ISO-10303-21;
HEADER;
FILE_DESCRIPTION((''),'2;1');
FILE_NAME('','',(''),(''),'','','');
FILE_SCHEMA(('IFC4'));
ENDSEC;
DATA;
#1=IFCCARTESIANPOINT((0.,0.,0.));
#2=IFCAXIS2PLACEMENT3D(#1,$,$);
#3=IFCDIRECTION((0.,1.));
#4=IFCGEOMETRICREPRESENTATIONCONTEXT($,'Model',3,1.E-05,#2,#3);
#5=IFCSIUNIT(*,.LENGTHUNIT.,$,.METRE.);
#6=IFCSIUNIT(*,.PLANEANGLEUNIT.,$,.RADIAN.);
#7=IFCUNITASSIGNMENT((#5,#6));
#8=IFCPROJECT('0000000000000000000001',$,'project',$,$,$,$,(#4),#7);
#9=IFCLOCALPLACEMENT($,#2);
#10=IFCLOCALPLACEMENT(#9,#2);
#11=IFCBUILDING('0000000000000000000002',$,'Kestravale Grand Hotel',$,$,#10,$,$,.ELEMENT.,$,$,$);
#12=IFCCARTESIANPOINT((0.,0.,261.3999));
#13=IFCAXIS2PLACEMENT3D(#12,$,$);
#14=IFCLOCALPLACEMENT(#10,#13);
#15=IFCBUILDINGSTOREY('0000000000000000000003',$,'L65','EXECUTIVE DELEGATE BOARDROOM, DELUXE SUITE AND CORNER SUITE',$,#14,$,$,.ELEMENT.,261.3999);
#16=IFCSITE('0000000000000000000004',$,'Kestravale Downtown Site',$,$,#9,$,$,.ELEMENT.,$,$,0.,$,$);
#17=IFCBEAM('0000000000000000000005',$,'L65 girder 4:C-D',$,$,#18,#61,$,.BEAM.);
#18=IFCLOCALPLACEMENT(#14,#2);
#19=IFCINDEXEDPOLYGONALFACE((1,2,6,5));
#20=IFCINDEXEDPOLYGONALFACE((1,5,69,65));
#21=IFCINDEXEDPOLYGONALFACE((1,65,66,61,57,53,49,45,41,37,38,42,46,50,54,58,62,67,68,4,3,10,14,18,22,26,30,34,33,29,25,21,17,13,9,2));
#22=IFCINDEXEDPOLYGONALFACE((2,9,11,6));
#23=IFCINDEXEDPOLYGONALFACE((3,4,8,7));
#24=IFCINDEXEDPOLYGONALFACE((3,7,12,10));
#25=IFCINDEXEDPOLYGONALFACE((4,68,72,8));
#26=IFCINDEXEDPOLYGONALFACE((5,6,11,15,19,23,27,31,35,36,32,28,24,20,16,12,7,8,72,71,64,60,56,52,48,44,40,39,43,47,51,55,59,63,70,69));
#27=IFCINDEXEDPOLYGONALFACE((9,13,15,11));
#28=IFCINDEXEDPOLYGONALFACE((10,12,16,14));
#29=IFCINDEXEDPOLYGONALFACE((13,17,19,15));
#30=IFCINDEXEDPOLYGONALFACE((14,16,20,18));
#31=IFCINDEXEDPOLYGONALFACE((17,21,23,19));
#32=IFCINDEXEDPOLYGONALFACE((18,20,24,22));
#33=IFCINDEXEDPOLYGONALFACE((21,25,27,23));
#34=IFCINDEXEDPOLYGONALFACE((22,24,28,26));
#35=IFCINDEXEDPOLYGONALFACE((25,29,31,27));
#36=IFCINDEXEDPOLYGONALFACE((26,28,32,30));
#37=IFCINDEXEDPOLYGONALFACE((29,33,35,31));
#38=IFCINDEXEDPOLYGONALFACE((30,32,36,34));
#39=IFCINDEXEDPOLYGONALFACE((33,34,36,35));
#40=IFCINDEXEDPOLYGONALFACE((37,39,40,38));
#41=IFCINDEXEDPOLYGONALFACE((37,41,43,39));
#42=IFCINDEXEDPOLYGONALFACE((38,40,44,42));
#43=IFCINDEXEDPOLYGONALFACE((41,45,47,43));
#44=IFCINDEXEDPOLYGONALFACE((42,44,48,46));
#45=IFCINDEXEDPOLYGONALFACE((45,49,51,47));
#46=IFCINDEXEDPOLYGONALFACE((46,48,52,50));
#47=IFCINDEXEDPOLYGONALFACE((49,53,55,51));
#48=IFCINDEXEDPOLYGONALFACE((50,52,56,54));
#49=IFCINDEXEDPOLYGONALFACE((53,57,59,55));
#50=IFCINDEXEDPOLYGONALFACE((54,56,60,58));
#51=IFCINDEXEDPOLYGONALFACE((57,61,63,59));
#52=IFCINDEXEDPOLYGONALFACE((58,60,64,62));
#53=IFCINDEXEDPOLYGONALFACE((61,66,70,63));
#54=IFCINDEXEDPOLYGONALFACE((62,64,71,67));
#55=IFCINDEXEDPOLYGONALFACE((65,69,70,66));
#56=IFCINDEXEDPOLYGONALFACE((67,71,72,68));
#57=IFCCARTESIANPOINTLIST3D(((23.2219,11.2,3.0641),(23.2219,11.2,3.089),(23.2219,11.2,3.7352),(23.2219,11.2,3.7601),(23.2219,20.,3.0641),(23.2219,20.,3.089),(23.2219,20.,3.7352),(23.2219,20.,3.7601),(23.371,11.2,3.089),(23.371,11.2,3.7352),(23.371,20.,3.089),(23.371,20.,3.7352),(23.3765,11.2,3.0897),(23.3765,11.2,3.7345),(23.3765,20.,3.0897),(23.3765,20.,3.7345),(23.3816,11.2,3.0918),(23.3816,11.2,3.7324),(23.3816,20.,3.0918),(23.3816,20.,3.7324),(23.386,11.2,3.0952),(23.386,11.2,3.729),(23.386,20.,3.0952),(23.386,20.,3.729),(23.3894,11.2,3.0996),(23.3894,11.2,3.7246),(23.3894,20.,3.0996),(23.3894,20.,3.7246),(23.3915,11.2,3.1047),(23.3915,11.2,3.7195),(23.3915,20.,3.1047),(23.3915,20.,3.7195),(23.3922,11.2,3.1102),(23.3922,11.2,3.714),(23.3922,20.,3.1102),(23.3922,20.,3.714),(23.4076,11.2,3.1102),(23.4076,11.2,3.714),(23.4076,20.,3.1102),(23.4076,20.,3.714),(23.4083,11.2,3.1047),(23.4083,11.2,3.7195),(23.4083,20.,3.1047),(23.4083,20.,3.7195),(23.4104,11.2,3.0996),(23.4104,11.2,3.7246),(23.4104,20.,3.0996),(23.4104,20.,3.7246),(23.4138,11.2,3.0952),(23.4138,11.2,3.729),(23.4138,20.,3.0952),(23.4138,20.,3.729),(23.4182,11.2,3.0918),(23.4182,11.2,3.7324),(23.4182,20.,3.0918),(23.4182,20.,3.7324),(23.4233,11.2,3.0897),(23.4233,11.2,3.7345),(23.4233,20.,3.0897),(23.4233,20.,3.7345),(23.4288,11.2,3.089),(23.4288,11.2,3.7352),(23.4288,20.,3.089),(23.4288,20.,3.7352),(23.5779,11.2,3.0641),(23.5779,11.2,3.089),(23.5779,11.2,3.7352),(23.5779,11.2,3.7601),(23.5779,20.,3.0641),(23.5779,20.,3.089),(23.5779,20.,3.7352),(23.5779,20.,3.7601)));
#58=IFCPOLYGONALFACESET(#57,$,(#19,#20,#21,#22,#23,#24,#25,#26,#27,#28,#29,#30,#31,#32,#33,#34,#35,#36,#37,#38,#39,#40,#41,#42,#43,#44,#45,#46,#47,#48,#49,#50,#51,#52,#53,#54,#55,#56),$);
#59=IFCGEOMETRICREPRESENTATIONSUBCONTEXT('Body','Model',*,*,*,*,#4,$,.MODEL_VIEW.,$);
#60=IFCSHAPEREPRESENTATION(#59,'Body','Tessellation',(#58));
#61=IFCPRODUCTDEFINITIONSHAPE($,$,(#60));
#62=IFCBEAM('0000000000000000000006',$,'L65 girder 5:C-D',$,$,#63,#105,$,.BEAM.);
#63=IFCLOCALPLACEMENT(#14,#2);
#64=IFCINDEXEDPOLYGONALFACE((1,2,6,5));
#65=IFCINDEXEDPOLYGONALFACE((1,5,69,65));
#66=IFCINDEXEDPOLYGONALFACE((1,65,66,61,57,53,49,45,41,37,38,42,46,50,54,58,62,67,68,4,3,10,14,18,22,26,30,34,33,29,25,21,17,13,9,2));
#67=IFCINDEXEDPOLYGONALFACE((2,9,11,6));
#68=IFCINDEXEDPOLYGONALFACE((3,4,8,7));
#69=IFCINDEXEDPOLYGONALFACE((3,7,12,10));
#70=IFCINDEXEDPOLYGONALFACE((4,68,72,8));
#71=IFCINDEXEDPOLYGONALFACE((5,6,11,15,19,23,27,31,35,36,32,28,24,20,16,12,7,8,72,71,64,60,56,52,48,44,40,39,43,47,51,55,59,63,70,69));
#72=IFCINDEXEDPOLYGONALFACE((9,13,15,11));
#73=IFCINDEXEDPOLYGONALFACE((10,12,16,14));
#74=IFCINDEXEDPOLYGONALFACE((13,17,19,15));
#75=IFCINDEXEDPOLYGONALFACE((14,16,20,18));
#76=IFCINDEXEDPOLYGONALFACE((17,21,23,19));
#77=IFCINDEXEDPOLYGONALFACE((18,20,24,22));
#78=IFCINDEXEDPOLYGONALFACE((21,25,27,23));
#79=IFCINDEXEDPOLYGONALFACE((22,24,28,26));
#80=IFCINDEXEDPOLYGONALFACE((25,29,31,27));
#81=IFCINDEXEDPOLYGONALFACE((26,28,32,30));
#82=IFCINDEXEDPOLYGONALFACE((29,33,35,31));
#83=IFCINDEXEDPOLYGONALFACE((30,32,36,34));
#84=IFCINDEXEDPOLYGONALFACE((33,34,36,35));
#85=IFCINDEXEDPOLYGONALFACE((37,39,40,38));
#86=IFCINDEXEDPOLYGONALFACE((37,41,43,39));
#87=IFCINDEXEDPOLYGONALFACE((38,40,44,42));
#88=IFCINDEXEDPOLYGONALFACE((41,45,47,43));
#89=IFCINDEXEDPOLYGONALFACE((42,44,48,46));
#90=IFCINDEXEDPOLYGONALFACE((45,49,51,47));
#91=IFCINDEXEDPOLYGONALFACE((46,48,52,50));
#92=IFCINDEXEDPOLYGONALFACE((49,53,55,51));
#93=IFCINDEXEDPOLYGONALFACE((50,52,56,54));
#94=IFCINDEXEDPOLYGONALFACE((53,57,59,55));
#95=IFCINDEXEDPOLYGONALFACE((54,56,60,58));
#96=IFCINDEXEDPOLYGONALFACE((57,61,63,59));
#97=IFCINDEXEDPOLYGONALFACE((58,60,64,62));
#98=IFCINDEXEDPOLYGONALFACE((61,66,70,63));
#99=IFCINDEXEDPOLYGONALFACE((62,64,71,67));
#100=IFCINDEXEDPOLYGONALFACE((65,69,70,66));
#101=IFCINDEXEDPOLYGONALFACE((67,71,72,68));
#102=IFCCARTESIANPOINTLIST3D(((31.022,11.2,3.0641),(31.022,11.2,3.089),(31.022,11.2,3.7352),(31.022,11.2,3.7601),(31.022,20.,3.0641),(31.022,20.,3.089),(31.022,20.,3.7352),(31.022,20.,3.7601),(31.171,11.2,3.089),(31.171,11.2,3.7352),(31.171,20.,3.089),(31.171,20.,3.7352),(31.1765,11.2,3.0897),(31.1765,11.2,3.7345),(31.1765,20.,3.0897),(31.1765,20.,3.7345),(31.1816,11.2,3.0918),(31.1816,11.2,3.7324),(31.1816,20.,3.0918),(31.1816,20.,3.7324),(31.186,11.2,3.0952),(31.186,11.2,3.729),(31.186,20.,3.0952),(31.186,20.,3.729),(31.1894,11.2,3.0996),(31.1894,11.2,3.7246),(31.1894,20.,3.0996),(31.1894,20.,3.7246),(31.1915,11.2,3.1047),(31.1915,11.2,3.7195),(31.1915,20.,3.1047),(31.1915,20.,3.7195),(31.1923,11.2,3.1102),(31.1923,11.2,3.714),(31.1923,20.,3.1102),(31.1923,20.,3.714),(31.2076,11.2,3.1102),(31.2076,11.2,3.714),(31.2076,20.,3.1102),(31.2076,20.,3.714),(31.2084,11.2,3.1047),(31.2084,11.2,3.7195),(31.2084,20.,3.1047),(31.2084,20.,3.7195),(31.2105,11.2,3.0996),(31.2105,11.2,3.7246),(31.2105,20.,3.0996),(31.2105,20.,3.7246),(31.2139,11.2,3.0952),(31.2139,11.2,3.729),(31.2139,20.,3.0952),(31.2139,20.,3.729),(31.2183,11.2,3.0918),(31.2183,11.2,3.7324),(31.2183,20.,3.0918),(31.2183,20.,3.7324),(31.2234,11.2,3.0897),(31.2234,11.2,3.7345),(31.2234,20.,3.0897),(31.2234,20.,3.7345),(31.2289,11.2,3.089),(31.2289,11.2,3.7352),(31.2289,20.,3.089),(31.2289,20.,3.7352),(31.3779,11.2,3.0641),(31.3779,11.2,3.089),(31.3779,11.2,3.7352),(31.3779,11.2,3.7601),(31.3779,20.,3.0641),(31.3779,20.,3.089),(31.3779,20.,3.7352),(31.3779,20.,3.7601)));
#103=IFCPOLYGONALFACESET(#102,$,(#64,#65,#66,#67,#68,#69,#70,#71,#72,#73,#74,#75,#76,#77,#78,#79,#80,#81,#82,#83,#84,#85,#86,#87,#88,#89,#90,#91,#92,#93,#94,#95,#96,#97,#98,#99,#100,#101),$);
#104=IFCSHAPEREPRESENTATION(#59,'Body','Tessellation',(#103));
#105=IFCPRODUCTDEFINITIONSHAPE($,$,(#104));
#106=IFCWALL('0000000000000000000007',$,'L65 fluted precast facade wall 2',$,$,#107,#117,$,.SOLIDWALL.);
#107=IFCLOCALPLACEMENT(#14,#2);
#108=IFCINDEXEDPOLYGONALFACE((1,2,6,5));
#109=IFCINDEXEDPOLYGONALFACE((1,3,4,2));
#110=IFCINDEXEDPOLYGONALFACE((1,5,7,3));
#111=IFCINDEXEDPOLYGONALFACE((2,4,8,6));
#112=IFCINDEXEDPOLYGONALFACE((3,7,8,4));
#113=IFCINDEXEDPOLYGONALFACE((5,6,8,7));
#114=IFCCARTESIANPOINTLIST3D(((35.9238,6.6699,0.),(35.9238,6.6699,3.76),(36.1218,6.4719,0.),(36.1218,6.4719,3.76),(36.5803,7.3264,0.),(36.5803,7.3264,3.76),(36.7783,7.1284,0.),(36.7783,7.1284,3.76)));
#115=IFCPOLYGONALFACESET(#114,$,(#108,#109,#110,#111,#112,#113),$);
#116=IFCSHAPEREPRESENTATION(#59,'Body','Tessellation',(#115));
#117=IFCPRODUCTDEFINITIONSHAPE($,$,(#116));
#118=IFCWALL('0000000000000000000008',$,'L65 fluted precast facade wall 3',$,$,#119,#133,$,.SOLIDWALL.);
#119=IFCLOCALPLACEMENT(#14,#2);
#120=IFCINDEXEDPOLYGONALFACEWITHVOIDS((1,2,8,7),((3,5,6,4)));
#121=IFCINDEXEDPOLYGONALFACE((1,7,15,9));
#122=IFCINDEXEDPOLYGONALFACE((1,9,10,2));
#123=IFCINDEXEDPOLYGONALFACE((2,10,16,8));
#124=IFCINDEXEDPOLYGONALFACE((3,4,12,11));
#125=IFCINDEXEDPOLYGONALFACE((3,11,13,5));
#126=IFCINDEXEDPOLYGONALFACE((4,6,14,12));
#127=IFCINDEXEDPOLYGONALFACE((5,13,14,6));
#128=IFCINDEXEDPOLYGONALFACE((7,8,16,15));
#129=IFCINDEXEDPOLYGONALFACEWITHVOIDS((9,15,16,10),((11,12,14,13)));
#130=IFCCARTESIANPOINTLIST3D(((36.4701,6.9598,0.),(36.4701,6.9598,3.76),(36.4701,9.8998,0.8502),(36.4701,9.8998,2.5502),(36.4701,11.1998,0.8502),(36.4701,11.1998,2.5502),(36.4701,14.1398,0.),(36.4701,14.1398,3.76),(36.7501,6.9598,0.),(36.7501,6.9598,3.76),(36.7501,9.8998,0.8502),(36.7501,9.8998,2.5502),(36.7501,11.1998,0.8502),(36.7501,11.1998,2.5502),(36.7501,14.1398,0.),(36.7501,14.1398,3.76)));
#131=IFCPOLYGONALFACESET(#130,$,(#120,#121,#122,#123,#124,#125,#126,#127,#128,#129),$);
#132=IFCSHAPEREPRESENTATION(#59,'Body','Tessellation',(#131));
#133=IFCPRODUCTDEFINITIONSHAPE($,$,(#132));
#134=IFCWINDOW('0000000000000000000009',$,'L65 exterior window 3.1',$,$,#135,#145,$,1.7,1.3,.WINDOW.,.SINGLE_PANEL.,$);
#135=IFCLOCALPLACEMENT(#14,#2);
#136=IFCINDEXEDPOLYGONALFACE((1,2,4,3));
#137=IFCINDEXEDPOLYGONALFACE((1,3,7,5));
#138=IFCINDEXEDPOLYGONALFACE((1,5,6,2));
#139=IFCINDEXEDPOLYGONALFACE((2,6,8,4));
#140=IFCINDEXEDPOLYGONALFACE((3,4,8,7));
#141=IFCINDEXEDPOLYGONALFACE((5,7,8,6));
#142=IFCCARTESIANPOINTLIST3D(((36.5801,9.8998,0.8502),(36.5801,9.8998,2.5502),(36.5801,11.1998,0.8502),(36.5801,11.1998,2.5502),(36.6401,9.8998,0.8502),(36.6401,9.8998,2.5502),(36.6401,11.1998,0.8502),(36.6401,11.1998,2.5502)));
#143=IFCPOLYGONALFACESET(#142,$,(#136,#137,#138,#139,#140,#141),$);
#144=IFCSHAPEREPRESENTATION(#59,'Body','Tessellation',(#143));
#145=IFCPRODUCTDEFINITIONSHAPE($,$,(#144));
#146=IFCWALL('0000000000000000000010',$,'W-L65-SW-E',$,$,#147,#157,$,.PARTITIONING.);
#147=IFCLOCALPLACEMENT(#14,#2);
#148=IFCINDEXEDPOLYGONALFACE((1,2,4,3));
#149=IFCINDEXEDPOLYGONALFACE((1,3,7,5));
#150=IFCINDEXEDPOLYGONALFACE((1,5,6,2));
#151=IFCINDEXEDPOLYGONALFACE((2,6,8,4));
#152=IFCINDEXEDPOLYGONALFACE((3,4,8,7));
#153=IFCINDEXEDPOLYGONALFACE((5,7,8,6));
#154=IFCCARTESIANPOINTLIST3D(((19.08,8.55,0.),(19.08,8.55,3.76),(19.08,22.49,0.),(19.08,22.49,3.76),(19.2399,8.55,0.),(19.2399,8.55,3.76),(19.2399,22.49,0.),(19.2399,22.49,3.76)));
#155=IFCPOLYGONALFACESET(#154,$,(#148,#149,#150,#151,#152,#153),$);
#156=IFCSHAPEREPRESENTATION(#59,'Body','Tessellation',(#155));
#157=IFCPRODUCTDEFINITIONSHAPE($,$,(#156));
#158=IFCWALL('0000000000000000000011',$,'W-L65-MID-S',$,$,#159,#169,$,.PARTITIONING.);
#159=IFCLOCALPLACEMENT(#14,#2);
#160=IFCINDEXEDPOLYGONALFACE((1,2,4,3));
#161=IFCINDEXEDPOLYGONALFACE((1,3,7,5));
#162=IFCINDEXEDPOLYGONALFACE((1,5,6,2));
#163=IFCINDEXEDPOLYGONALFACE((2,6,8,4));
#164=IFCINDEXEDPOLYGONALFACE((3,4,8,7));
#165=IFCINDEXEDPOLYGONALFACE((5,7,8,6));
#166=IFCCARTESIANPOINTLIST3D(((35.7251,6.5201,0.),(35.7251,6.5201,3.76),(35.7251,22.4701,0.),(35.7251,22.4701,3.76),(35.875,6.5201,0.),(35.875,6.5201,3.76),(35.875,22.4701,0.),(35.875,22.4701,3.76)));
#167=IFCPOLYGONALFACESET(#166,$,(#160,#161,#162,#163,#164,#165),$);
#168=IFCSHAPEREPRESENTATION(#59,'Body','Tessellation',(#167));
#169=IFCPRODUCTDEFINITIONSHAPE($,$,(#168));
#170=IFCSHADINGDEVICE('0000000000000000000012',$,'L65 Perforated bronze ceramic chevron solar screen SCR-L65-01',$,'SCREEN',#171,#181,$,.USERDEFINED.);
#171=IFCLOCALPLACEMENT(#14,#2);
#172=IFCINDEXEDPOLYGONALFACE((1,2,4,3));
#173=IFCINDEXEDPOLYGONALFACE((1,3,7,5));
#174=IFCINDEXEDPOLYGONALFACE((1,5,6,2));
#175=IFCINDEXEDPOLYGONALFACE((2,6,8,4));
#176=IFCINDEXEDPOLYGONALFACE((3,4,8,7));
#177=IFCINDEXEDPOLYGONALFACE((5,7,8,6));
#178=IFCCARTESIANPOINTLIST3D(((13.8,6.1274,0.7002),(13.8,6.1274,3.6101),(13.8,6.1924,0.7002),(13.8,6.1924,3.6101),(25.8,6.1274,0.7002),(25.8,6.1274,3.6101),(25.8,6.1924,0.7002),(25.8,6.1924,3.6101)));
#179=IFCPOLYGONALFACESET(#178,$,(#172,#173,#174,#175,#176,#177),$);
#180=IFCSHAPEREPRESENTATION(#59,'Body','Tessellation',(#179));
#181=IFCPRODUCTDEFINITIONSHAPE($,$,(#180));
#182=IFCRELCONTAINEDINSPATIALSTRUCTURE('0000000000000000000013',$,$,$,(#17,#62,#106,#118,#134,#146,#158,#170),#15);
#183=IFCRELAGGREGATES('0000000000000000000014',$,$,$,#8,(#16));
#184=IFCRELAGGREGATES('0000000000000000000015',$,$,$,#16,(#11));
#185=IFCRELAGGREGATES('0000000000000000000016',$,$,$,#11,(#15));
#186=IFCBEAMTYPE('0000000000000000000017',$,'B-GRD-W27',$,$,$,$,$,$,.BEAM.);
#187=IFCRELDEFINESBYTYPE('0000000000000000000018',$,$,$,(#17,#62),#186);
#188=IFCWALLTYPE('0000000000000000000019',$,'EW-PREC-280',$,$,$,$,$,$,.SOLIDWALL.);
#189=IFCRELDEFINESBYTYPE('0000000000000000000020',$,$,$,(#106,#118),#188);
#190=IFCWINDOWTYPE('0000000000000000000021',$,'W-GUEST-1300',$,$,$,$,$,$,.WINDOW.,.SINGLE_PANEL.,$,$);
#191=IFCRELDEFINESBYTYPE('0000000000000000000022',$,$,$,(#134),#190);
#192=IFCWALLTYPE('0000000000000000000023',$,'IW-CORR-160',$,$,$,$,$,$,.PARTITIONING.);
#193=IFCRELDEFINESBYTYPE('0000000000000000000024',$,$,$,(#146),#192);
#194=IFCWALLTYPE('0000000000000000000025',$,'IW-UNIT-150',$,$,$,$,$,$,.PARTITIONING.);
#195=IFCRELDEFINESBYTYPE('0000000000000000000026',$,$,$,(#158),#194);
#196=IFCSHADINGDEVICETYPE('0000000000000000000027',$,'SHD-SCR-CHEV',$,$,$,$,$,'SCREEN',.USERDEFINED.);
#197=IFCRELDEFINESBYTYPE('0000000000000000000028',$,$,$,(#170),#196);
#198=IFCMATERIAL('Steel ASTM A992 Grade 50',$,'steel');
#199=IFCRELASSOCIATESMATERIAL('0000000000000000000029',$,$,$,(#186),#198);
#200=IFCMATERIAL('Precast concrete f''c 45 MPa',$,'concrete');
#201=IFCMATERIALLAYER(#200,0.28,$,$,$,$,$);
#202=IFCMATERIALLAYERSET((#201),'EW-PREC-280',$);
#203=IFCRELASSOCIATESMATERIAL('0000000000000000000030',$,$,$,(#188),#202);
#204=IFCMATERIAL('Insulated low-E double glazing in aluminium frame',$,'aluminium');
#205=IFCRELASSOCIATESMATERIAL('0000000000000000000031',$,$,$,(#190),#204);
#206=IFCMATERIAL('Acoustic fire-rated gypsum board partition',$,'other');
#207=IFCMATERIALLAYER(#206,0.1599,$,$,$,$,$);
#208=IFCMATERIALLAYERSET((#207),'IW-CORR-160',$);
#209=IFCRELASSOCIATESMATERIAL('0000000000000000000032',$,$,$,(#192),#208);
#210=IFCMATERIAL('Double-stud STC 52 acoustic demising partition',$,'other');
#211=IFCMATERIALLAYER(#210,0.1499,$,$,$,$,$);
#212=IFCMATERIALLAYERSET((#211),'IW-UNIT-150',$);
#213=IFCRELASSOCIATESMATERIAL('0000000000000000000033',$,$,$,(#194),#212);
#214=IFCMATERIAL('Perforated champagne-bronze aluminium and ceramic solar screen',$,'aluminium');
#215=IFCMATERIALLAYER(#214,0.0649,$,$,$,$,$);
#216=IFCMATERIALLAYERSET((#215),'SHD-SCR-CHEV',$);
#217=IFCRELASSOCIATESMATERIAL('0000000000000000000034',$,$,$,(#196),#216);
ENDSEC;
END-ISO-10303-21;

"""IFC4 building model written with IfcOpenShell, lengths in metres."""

from ifc_helpers import new_model, si_unit, direction, frame, frame_2d, origin, origin_2d, place, context, subcontext, project, spatial, rectangle, i_section, extrude, material, layer, layer_set, material_profile, profile_set, type_object, element, fill, save


model = new_model("IFC4")

# Units and contexts
model_context = context("Model", 3, precision=1e-05, world=origin(), true_north=direction((0.0, 1.0)))
body_context = subcontext(model_context, "Body", "Model", "MODEL_VIEW")
ifc_project = project(units=[si_unit("LENGTHUNIT", "METRE"), si_unit("PLANEANGLEUNIT", "RADIAN")], contexts=[model_context])

# Site, building, storey
site_placement = place(None, origin())
site = spatial("IfcSite", under=ifc_project, at=site_placement, Name="Kestravale Downtown Site", CompositionType="ELEMENT", RefElevation=0.0)
building_placement = place(site_placement, origin())
building = spatial("IfcBuilding", under=site, at=building_placement, Name="Kestravale Grand Hotel", CompositionType="ELEMENT")
storey_placement = place(building_placement, frame((0.0, 0.0, 261.3999)))
storey = spatial("IfcBuildingStorey", under=building, at=storey_placement, Name="L65", Description="EXECUTIVE DELEGATE BOARDROOM, DELUXE SUITE AND CORNER SUITE", CompositionType="ELEMENT", Elevation=261.3999)

# Beams
ifc_material_1 = material(Name="Steel ASTM A992 Grade 50", Category="steel")
ifc_material_profile_1 = material_profile(ifc_material_1, i_section(OverallWidth=0.356, OverallDepth=0.696, WebThickness=0.0154, FlangeThickness=0.0249, FilletRadius=0.0212, at=origin_2d()))
ifc_profile_set_1 = profile_set([ifc_material_profile_1], Name="Steel ASTM A992 Grade 50")
beam_type_1 = type_object("IfcBeamType", Name="B-GRD-W27", PredefinedType="BEAM", material=ifc_profile_set_1)
for number, where, z_axis, x_axis, name in (
    (1, (23.3999, 11.2, 3.4121), (0.0, 1.0, 0.0), (-1.0, 0.0, 0.0), "L65 girder 4:C-D"),
    (2, (31.2, 11.2, 3.4121), (0.0, 1.0, 0.0), (-1.0, 0.0, 0.0), "L65 girder 5:C-D"),
):
    element("IfcBeam", number, at=place(storey_placement, frame(where, z_axis=z_axis, x_axis=x_axis)), inside=storey, type_object=beam_type_1, Name=name, PredefinedType="BEAM", context=body_context, shape_type="SweptSolid", body=[
        extrude(i_section(OverallWidth=0.356, OverallDepth=0.696, WebThickness=0.0154, FlangeThickness=0.0249, FilletRadius=0.0212, at=origin_2d()), origin(), (0.0, 0.0, 1.0), 8.8),
    ])

# Wall
ifc_material_2 = material(Name="Precast concrete f'c 45 MPa", Category="concrete")
ifc_layer_1 = layer(ifc_material_2, 0.28)
ifc_layer_set_1 = layer_set([ifc_layer_1], Name="EW-PREC-280")
wall_type_1 = type_object("IfcWallType", Name="EW-PREC-280", PredefinedType="SOLIDWALL", material=ifc_layer_set_1)
wall_1_placement = place(storey_placement, frame((36.0227, 6.5708, 0.0), z_axis=(0.0, 0.0, 1.0), x_axis=(0.707107, 0.707107, 0.0)))
element("IfcWall", 3, at=wall_1_placement, inside=storey, type_object=wall_type_1, Name="L65 fluted precast facade wall 2", PredefinedType="SOLIDWALL", context=body_context, shape_type="SweptSolid", body=[
    extrude(rectangle(XDim=0.9285, YDim=0.28, at=frame_2d((0.4644, 0.0))), origin(), (0.0, 0.0, 1.0), 3.76),
])

# Wall, opening, window
wall_2_placement = place(storey_placement, frame((36.6101, 6.96, 0.0), z_axis=(0.0, 0.0, 1.0), x_axis=(0.0, 1.0, 0.0)))
wall_2 = element("IfcWall", 4, at=wall_2_placement, inside=storey, type_object=wall_type_1, Name="L65 fluted precast facade wall 3", PredefinedType="SOLIDWALL", context=body_context, shape_type="SweptSolid", body=[
    extrude(rectangle(XDim=7.1799, YDim=0.28, at=frame_2d((3.5898, 0.0))), origin(), (0.0, 0.0, 1.0), 3.76),
])
opening_placement = place(wall_2_placement, frame((2.9399, 0.0, 0.8501)))
opening = element("IfcOpeningElement", 5, at=opening_placement, cuts=wall_2, PredefinedType="OPENING", context=body_context, shape_type="SweptSolid", body=[
    extrude(rectangle(XDim=1.3, YDim=1.7, at=frame_2d((0.6499, 0.8501))), frame((0.0, 0.1499, 0.0), z_axis=(0.0, -1.0, 0.0), x_axis=(1.0, 0.0, 0.0)), (0.0, 0.0, 1.0), 0.3),
])
ifc_material_3 = material(Name="Insulated low-E double glazing in aluminium frame", Category="aluminium")
window_type = type_object("IfcWindowType", Name="W-GUEST-1300", PartitioningType="SINGLE_PANEL", PredefinedType="WINDOW", material=ifc_material_3)
window_placement = place(opening_placement, origin())
window = element("IfcWindow", 6, at=window_placement, inside=storey, type_object=window_type, Name="L65 exterior window 3.1", OverallHeight=1.7, OverallWidth=1.3, PartitioningType="SINGLE_PANEL", PredefinedType="WINDOW", context=body_context, shape_type="SweptSolid", body=[
    extrude(rectangle(XDim=1.3, YDim=1.7, at=frame_2d((0.6499, 0.8501))), frame((0.0, 0.03, 0.0), z_axis=(0.0, -1.0, 0.0), x_axis=(1.0, 0.0, 0.0)), (0.0, 0.0, 1.0), 0.0601),
])
fill(opening, window)

# Walls
ifc_material_4 = material(Name="Acoustic fire-rated gypsum board partition", Category="other")
ifc_layer_2 = layer(ifc_material_4, 0.1599)
ifc_layer_set_2 = layer_set([ifc_layer_2], Name="IW-CORR-160")
wall_type_2 = type_object("IfcWallType", Name="IW-CORR-160", PredefinedType="PARTITIONING", material=ifc_layer_set_2)
wall_3_placement = place(storey_placement, frame((19.1599, 8.55, 0.0), z_axis=(0.0, 0.0, 1.0), x_axis=(0.0, 1.0, 0.0)))
element("IfcWall", 7, at=wall_3_placement, inside=storey, type_object=wall_type_2, Name="W-L65-SW-E", PredefinedType="PARTITIONING", context=body_context, shape_type="SweptSolid", body=[
    extrude(rectangle(XDim=13.9399, YDim=0.1599, at=frame_2d((6.97, 0.0))), origin(), (0.0, 0.0, 1.0), 3.76),
])
ifc_material_5 = material(Name="Double-stud STC 52 acoustic demising partition", Category="other")
ifc_layer_3 = layer(ifc_material_5, 0.1499)
ifc_layer_set_3 = layer_set([ifc_layer_3], Name="IW-UNIT-150")
wall_type_3 = type_object("IfcWallType", Name="IW-UNIT-150", PredefinedType="PARTITIONING", material=ifc_layer_set_3)
wall_4_placement = place(storey_placement, frame((35.8, 6.52, 0.0), z_axis=(0.0, 0.0, 1.0), x_axis=(0.0, 1.0, 0.0)))
element("IfcWall", 8, at=wall_4_placement, inside=storey, type_object=wall_type_3, Name="W-L65-MID-S", PredefinedType="PARTITIONING", context=body_context, shape_type="SweptSolid", body=[
    extrude(rectangle(XDim=15.95, YDim=0.1499, at=frame_2d((7.9751, 0.0))), origin(), (0.0, 0.0, 1.0), 3.76),
])

# Shading device
ifc_material_6 = material(Name="Perforated champagne-bronze aluminium and ceramic solar screen", Category="aluminium")
ifc_layer_4 = layer(ifc_material_6, 0.0649)
ifc_layer_set_4 = layer_set([ifc_layer_4], Name="SHD-SCR-CHEV")
shading_device_type = type_object("IfcShadingDeviceType", Name="SHD-SCR-CHEV", ElementType="SCREEN", PredefinedType="USERDEFINED", material=ifc_layer_set_4)
shading_device_placement = place(storey_placement, frame((19.8, 6.1599, 0.7002), z_axis=(0.0, 0.0, 1.0), x_axis=(1.0, 0.0, 0.0)))
element("IfcShadingDevice", 9, at=shading_device_placement, inside=storey, type_object=shading_device_type, Name="L65 Perforated bronze ceramic chevron solar screen SCR-L65-01", ObjectType="SCREEN", PredefinedType="USERDEFINED", context=body_context, shape_type="SweptSolid", body=[
    extrude(rectangle(XDim=12.0, YDim=0.0649, at=origin_2d()), origin(), (0.0, 0.0, 1.0), 2.9099),
])

save(model, "model.ifc")
